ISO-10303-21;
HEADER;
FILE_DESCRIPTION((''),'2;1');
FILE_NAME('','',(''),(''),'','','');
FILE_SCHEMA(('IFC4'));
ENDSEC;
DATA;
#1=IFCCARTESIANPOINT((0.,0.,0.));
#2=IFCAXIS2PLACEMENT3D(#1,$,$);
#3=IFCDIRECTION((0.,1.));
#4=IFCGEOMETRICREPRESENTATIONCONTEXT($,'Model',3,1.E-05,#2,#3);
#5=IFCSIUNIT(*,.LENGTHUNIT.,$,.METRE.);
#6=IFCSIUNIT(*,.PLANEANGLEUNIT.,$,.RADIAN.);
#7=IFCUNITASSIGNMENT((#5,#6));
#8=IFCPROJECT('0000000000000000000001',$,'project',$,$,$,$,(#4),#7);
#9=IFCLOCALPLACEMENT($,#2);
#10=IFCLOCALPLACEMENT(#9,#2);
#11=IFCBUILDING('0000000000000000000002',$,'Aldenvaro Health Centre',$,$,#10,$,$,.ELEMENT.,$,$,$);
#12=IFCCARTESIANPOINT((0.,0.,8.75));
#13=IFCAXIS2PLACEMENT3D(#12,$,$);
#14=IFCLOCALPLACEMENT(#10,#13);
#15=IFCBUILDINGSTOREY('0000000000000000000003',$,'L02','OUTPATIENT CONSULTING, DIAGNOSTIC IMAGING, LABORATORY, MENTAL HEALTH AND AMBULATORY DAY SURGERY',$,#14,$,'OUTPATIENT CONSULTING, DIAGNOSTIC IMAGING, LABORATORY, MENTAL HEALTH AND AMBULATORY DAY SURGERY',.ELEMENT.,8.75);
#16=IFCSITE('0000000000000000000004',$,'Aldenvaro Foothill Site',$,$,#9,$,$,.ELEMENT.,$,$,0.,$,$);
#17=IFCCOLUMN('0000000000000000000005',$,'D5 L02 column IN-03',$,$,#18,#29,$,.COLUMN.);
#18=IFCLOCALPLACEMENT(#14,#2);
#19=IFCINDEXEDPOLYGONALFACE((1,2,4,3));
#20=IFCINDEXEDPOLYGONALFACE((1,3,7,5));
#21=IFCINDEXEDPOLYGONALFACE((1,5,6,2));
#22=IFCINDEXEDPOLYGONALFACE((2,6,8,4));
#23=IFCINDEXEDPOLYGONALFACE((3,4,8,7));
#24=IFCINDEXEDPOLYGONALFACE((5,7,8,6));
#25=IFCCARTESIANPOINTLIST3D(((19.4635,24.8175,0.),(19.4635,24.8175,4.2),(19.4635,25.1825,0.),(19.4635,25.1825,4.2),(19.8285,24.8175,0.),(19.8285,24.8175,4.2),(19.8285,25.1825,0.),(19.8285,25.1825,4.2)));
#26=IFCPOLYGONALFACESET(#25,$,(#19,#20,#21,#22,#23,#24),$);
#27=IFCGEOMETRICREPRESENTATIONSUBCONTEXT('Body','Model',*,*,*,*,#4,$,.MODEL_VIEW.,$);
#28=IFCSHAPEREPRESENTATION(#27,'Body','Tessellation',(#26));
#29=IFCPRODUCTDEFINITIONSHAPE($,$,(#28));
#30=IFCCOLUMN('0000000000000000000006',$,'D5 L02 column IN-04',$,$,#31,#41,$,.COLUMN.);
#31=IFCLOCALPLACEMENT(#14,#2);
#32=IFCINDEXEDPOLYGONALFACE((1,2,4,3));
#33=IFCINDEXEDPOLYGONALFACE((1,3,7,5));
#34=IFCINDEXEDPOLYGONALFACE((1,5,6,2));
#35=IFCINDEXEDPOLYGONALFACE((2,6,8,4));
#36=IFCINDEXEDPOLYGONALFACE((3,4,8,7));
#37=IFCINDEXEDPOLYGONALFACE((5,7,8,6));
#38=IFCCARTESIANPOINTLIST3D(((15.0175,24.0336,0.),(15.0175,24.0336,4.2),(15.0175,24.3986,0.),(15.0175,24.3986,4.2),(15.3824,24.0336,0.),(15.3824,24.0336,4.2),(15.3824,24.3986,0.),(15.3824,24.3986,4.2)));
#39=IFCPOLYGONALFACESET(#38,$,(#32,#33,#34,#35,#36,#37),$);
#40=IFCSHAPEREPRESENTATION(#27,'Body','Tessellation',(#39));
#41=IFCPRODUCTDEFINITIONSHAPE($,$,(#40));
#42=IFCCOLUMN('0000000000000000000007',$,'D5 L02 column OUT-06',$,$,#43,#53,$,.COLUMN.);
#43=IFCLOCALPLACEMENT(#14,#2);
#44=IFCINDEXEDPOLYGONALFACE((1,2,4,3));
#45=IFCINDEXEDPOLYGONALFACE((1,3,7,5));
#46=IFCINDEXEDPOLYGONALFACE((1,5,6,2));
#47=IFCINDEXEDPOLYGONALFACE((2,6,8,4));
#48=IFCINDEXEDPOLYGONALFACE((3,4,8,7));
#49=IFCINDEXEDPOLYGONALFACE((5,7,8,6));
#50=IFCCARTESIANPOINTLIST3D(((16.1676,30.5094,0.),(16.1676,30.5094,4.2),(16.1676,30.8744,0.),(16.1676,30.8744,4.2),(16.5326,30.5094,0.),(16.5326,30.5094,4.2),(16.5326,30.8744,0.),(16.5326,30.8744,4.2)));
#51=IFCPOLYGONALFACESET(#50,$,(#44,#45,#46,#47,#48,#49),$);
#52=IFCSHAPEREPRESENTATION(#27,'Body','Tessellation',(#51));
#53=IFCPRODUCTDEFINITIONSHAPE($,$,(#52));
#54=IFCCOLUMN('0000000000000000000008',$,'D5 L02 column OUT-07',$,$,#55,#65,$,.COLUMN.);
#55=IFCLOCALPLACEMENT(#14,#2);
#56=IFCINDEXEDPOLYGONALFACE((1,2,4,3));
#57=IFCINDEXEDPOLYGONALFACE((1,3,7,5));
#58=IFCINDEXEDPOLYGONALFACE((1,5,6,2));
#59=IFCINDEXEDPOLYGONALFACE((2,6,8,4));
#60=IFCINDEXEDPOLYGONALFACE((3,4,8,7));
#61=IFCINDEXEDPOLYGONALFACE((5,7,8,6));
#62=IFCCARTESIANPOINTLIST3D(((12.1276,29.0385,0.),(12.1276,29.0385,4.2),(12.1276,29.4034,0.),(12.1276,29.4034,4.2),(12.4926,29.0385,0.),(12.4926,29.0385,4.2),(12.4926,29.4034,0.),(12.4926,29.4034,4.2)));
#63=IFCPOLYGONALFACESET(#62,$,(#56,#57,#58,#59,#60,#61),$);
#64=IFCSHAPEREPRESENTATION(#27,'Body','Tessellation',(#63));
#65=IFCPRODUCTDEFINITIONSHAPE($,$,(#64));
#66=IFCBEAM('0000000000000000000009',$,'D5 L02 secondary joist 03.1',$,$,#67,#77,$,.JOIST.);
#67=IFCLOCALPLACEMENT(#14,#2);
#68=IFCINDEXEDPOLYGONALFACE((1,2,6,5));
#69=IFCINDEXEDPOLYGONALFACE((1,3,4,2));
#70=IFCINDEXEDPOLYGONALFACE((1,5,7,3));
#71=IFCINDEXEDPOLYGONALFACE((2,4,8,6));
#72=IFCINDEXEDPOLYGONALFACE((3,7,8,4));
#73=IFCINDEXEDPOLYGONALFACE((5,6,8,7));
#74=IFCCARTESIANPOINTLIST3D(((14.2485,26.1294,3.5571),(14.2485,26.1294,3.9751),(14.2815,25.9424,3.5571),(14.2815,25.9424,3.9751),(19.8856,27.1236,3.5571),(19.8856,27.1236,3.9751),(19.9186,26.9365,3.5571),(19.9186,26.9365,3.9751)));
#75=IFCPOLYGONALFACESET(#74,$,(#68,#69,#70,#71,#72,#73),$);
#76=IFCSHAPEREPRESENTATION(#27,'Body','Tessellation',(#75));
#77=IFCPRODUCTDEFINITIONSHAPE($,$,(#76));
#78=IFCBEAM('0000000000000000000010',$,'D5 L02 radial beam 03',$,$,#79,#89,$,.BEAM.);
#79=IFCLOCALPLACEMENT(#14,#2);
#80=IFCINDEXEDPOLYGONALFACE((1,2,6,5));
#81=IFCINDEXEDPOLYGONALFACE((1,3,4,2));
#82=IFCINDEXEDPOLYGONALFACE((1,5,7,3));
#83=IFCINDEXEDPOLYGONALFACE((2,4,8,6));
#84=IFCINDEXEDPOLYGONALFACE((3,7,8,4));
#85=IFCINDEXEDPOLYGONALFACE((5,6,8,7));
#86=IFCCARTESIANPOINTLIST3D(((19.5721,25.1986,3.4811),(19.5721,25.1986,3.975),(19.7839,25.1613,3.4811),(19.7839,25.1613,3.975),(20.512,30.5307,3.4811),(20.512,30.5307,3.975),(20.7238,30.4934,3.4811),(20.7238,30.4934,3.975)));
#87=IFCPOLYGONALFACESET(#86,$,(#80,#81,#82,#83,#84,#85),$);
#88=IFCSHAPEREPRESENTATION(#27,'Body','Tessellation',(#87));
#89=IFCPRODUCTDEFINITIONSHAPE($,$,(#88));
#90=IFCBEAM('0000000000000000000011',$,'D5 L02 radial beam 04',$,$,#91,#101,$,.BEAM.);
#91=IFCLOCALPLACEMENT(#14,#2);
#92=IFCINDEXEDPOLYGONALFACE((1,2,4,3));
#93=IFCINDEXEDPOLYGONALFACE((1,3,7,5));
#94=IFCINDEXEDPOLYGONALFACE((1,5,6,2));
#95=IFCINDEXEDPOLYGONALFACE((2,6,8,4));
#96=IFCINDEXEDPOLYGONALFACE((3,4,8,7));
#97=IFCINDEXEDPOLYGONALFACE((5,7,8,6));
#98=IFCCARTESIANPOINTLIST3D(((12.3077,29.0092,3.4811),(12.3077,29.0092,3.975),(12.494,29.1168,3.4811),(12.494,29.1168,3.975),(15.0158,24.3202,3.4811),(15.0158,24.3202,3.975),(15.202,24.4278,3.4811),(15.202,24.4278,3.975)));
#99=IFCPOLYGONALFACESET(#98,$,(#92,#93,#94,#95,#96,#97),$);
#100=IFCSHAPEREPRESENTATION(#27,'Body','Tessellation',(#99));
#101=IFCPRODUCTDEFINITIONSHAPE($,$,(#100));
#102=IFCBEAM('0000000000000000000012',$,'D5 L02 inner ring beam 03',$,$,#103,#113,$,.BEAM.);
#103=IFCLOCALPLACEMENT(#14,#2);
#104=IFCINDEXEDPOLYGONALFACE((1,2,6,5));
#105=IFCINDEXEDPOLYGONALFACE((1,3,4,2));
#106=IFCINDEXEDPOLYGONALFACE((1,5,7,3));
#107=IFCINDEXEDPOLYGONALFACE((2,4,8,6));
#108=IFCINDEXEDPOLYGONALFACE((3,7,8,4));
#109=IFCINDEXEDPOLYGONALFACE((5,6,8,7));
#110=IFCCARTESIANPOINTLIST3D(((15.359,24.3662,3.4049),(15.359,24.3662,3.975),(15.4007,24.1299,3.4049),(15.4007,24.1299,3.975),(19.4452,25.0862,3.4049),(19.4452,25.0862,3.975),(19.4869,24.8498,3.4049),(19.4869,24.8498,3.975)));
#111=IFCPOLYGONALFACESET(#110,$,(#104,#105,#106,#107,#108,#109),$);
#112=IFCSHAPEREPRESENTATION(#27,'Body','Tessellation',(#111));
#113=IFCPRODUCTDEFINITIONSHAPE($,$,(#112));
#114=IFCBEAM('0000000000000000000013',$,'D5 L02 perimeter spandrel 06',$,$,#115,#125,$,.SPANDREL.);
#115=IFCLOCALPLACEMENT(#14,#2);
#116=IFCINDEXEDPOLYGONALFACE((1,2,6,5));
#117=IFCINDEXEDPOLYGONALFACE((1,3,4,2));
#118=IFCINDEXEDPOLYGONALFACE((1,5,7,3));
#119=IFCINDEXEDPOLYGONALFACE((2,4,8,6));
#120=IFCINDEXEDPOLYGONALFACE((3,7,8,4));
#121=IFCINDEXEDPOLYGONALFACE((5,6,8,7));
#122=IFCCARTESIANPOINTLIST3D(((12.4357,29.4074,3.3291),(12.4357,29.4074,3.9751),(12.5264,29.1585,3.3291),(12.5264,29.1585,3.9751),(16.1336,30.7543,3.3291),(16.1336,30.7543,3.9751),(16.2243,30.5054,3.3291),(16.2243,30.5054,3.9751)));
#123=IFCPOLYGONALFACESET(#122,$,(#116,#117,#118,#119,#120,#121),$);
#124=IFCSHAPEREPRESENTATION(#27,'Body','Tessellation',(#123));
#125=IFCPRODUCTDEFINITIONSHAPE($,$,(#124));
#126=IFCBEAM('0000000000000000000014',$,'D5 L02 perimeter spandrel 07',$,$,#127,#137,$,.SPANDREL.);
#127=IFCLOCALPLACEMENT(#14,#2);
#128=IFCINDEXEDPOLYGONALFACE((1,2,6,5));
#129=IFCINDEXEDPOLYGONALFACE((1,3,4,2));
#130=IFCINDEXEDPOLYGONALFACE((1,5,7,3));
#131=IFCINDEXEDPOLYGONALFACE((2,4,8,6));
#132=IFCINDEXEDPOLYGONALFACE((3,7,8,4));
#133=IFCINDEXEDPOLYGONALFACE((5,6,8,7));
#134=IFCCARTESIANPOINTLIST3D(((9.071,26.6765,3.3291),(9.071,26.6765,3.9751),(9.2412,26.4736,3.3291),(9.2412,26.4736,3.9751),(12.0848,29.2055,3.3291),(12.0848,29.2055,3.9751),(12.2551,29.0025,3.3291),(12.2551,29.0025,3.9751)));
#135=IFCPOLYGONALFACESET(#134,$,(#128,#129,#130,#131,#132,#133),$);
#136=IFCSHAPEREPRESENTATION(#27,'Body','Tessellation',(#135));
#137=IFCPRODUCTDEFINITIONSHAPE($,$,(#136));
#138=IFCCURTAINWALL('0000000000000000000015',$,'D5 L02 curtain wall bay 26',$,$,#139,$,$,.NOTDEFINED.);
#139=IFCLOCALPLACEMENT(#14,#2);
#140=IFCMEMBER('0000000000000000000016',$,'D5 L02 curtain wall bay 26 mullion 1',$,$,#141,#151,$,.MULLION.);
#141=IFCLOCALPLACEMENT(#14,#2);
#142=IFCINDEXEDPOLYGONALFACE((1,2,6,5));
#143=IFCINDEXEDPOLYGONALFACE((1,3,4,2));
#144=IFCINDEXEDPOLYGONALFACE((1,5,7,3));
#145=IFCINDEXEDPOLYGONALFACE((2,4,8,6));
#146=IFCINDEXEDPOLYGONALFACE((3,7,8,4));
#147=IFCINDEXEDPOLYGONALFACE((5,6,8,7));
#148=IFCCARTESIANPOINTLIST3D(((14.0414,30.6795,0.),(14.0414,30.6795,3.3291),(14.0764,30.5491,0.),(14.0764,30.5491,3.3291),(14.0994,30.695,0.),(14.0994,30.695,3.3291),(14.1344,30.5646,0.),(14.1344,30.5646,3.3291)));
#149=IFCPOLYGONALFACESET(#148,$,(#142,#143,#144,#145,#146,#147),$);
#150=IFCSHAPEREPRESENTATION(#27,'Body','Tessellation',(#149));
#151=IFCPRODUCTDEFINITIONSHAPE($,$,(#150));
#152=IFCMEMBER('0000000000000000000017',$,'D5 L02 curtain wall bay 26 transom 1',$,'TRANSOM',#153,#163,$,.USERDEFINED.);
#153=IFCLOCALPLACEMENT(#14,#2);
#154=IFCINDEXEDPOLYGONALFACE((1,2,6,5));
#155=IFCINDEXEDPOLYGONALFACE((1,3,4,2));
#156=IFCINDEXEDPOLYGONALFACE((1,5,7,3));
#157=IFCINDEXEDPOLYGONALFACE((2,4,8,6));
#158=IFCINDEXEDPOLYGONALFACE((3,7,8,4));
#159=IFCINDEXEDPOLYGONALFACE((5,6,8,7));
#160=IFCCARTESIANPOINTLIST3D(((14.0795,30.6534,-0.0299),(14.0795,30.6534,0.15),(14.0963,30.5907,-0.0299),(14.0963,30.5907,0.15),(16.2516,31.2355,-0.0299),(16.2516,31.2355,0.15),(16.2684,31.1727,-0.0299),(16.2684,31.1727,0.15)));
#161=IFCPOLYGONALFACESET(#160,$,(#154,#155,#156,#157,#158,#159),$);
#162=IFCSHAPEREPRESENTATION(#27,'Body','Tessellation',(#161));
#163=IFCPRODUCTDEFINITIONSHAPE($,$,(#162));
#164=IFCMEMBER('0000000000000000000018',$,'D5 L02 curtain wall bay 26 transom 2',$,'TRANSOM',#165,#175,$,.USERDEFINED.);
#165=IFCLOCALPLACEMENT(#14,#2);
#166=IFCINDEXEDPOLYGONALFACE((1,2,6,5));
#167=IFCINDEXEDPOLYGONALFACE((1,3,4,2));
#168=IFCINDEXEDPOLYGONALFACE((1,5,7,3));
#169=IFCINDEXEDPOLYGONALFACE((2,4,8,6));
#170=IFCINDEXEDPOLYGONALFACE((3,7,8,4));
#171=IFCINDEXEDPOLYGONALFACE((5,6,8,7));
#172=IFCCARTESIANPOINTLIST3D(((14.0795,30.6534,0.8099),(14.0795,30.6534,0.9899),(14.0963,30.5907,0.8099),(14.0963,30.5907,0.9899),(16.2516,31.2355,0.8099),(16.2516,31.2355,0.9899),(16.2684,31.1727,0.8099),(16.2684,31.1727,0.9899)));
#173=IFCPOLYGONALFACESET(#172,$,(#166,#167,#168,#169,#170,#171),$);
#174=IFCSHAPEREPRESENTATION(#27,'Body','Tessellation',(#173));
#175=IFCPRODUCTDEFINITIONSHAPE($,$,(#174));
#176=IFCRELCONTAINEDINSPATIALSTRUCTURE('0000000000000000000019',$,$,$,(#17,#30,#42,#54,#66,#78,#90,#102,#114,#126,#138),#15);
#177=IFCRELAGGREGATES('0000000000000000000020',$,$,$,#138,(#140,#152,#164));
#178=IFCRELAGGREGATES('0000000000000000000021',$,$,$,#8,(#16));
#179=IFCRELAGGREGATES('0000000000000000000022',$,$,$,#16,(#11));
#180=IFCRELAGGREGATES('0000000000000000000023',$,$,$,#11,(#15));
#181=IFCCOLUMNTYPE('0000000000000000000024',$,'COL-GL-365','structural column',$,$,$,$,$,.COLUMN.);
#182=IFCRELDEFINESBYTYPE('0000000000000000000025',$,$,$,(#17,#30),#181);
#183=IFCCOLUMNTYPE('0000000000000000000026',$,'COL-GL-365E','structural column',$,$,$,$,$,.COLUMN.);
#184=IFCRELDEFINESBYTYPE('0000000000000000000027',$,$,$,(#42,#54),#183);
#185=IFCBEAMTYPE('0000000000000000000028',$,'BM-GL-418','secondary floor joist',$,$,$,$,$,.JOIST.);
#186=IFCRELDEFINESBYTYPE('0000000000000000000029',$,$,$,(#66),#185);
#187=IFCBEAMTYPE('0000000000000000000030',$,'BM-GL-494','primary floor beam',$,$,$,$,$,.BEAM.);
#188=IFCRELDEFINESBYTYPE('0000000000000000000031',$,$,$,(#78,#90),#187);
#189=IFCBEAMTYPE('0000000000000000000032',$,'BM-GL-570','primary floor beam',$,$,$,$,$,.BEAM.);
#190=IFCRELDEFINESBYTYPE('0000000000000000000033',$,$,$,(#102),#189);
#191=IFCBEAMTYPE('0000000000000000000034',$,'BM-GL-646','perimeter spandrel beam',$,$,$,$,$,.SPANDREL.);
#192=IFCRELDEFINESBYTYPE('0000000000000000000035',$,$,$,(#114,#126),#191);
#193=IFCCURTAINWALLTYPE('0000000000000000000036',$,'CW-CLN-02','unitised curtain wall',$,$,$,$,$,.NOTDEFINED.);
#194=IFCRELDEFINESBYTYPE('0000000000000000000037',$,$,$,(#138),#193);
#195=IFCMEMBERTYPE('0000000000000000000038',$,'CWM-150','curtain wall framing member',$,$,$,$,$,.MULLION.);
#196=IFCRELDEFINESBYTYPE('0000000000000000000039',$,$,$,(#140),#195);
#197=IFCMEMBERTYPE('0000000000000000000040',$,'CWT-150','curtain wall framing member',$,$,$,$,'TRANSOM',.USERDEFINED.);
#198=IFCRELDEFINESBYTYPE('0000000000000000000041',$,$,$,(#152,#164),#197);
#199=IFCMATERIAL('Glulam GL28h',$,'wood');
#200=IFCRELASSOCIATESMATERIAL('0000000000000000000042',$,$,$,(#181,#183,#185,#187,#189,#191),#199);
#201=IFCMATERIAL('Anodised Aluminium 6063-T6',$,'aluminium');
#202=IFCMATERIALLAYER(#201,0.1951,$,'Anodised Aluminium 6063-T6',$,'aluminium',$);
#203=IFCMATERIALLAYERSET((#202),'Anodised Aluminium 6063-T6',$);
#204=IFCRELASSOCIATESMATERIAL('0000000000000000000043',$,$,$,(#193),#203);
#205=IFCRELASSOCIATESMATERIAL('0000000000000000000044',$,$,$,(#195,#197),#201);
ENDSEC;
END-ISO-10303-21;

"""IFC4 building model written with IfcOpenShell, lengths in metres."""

from ifc_helpers import new_model, si_unit, direction, frame, origin, origin_2d, place, context, subcontext, project, spatial, rectangle, extrude, material, layer, layer_set, material_profile, profile_set, type_object, element, aggregate, save


model = new_model("IFC4")

# Units and contexts
model_context = context("Model", 3, precision=1e-05, world=origin(), true_north=direction((0.0, 1.0)))
body_context = subcontext(model_context, "Body", "Model", "MODEL_VIEW")
ifc_project = project(units=[si_unit("LENGTHUNIT", "METRE"), si_unit("PLANEANGLEUNIT", "RADIAN")], contexts=[model_context])

# Site, building, storey
site_placement = place(None, origin())
site = spatial("IfcSite", under=ifc_project, at=site_placement, Name="Aldenvaro Foothill Site", CompositionType="ELEMENT", RefElevation=0.0)
building_placement = place(site_placement, origin())
building = spatial("IfcBuilding", under=site, at=building_placement, Name="Aldenvaro Health Centre", CompositionType="ELEMENT")
storey_placement = place(building_placement, frame((0.0, 0.0, 8.75)))
storey = spatial("IfcBuildingStorey", under=building, at=storey_placement, Name="L02", Description="OUTPATIENT CONSULTING, DIAGNOSTIC IMAGING, LABORATORY, MENTAL HEALTH AND AMBULATORY DAY SURGERY", LongName="OUTPATIENT CONSULTING, DIAGNOSTIC IMAGING, LABORATORY, MENTAL HEALTH AND AMBULATORY DAY SURGERY", CompositionType="ELEMENT", Elevation=8.75)

# Columns
ifc_material_1 = material(Name="Glulam GL28h", Category="wood")
ifc_material_profile_1 = material_profile(ifc_material_1, rectangle(XDim=0.365, YDim=0.365, at=origin_2d()), Name="GL 365x365", Category="wood")
ifc_profile_set_1 = profile_set([ifc_material_profile_1], Name="Glulam GL28h")
column_type_1 = type_object("IfcColumnType", Name="COL-GL-365", Description="structural column", PredefinedType="COLUMN", material=ifc_profile_set_1)
for number, where, z_axis, x_axis, name in (
    (1, (19.646, 25.0, 0.0), (0.0, 0.0, 1.0), (1.0, 0.0, 0.0), "D5 L02 column IN-03"),
    (2, (15.2, 24.2161, 0.0), (0.0, 0.0, 1.0), (1.0, 0.0, 0.0), "D5 L02 column IN-04"),
):
    element("IfcColumn", number, at=place(storey_placement, frame(where, z_axis=z_axis, x_axis=x_axis)), inside=storey, type_object=column_type_1, Name=name, PredefinedType="COLUMN", context=body_context, shape_type="SweptSolid", body=[
        extrude(rectangle(XDim=0.365, YDim=0.365, at=origin_2d()), origin(), (0.0, 0.0, 1.0), 4.2),
    ])
ifc_material_profile_2 = material_profile(ifc_material_1, rectangle(XDim=0.365, YDim=0.365, at=origin_2d()), Name="GL 365x365", Category="wood")
ifc_profile_set_2 = profile_set([ifc_material_profile_2], Name="Glulam GL28h")
column_type_2 = type_object("IfcColumnType", Name="COL-GL-365E", Description="structural column", PredefinedType="COLUMN", material=ifc_profile_set_2)
for number, where, z_axis, x_axis, name in (
    (3, (16.3501, 30.6919, 0.0), (0.0, 0.0, 1.0), (1.0, 0.0, 0.0), "D5 L02 column OUT-06"),
    (4, (12.3101, 29.2209, 0.0), (0.0, 0.0, 1.0), (1.0, 0.0, 0.0), "D5 L02 column OUT-07"),
):
    element("IfcColumn", number, at=place(storey_placement, frame(where, z_axis=z_axis, x_axis=x_axis)), inside=storey, type_object=column_type_2, Name=name, PredefinedType="COLUMN", context=body_context, shape_type="SweptSolid", body=[
        extrude(rectangle(XDim=0.365, YDim=0.365, at=origin_2d()), origin(), (0.0, 0.0, 1.0), 4.2),
    ])

# Beams
ifc_material_profile_3 = material_profile(ifc_material_1, rectangle(XDim=0.1899, YDim=0.418, at=origin_2d()), Name="GL 190x418", Category="wood")
ifc_profile_set_3 = profile_set([ifc_material_profile_3], Name="Glulam GL28h")
beam_type_1 = type_object("IfcBeamType", Name="BM-GL-418", Description="secondary floor joist", PredefinedType="JOIST", material=ifc_profile_set_3)
beam_1_placement = place(storey_placement, frame((19.9021, 27.03, 3.7661), z_axis=(-0.984803, -0.173673, 0.0), x_axis=(0.173673, -0.984803, 0.0)))
element("IfcBeam", 5, at=beam_1_placement, inside=storey, type_object=beam_type_1, Name="D5 L02 secondary joist 03.1", PredefinedType="JOIST", context=body_context, shape_type="SweptSolid", body=[
    extrude(rectangle(XDim=0.1899, YDim=0.418, at=origin_2d()), origin(), (0.0, 0.0, 1.0), 5.7241),
])
ifc_material_profile_4 = material_profile(ifc_material_1, rectangle(XDim=0.2151, YDim=0.4939, at=origin_2d()), Name="GL 215x494", Category="wood")
ifc_profile_set_4 = profile_set([ifc_material_profile_4], Name="Glulam GL28h")
beam_type_2 = type_object("IfcBeamType", Name="BM-GL-494", Description="primary floor beam", PredefinedType="BEAM", material=ifc_profile_set_4)
beam_2_placement = place(storey_placement, frame((19.678, 25.1799, 3.728), z_axis=(0.173605, 0.984815, 0.0), x_axis=(-0.984815, 0.173605, 0.0)))
element("IfcBeam", 6, at=beam_2_placement, inside=storey, type_object=beam_type_2, Name="D5 L02 radial beam 03", PredefinedType="BEAM", context=body_context, shape_type="SweptSolid", body=[
    extrude(rectangle(XDim=0.2151, YDim=0.4939, at=origin_2d()), origin(), (0.0, 0.0, 1.0), 5.4143),
])
beam_3_placement = place(storey_placement, frame((15.1089, 24.374, 3.728), z_axis=(-0.500115, 0.865959, 0.0), x_axis=(-0.865959, -0.500115, 0.0)))
element("IfcBeam", 7, at=beam_3_placement, inside=storey, type_object=beam_type_2, Name="D5 L02 radial beam 04", PredefinedType="BEAM", context=body_context, shape_type="SweptSolid", body=[
    extrude(rectangle(XDim=0.2151, YDim=0.4939, at=origin_2d()), origin(), (0.0, 0.0, 1.0), 5.4148),
])
ifc_material_profile_5 = material_profile(ifc_material_1, rectangle(XDim=0.24, YDim=0.5701, at=origin_2d()), Name="GL 240x570", Category="wood")
ifc_profile_set_5 = profile_set([ifc_material_profile_5], Name="Glulam GL28h")
beam_type_3 = type_object("IfcBeamType", Name="BM-GL-570", Description="primary floor beam", PredefinedType="BEAM", material=ifc_profile_set_5)
beam_4_placement = place(storey_placement, frame((19.4661, 24.968, 3.6899), z_axis=(-0.98483, -0.173524, 0.0), x_axis=(0.173524, -0.98483, 0.0)))
element("IfcBeam", 8, at=beam_4_placement, inside=storey, type_object=beam_type_3, Name="D5 L02 inner ring beam 03", PredefinedType="BEAM", context=body_context, shape_type="SweptSolid", body=[
    extrude(rectangle(XDim=0.24, YDim=0.5701, at=origin_2d()), origin(), (0.0, 0.0, 1.0), 4.1492),
])
ifc_material_profile_6 = material_profile(ifc_material_1, rectangle(XDim=0.2649, YDim=0.646, at=origin_2d()), Name="GL 265x646", Category="wood")
ifc_profile_set_6 = profile_set([ifc_material_profile_6], Name="Glulam GL28h")
beam_type_4 = type_object("IfcBeamType", Name="BM-GL-646", Description="perimeter spandrel beam", PredefinedType="SPANDREL", material=ifc_profile_set_6)
beam_5_placement = place(storey_placement, frame((16.179, 30.6299, 3.6521), z_axis=(-0.939614, -0.342236, 0.0), x_axis=(0.342236, -0.939614, 0.0)))
element("IfcBeam", 9, at=beam_5_placement, inside=storey, type_object=beam_type_4, Name="D5 L02 perimeter spandrel 06", PredefinedType="SPANDREL", context=body_context, shape_type="SweptSolid", body=[
    extrude(rectangle(XDim=0.2649, YDim=0.646, at=origin_2d()), origin(), (0.0, 0.0, 1.0), 3.9355),
])
beam_6_placement = place(storey_placement, frame((12.1699, 29.104, 3.6521), z_axis=(-0.766035, -0.642799, 0.0), x_axis=(0.642799, -0.766035, 0.0)))
element("IfcBeam", 10, at=beam_6_placement, inside=storey, type_object=beam_type_4, Name="D5 L02 perimeter spandrel 07", PredefinedType="SPANDREL", context=body_context, shape_type="SweptSolid", body=[
    extrude(rectangle(XDim=0.2649, YDim=0.646, at=origin_2d()), origin(), (0.0, 0.0, 1.0), 3.9343),
])

# Curtain wall, members
ifc_material_2 = material(Name="Anodised Aluminium 6063-T6", Category="aluminium")
ifc_layer_1 = layer(ifc_material_2, 0.1951, Name="Anodised Aluminium 6063-T6", Category="aluminium")
ifc_layer_set_1 = layer_set([ifc_layer_1], Name="Anodised Aluminium 6063-T6")
curtain_wall_type = type_object("IfcCurtainWallType", Name="CW-CLN-02", Description="unitised curtain wall", PredefinedType="NOTDEFINED", material=ifc_layer_set_1)
curtain_wall_placement = place(storey_placement, origin())
curtain_wall = element("IfcCurtainWall", 11, at=curtain_wall_placement, inside=storey, type_object=curtain_wall_type, Name="D5 L02 curtain wall bay 26", PredefinedType="NOTDEFINED")
ifc_material_profile_7 = material_profile(ifc_material_2, rectangle(XDim=0.0601, YDim=0.135, at=origin_2d()), Name="ALU 60x135", Category="aluminium")
ifc_profile_set_7 = profile_set([ifc_material_profile_7], Name="Anodised Aluminium 6063-T6")
member_type_1 = type_object("IfcMemberType", Name="CWM-150", Description="curtain wall framing member", PredefinedType="MULLION", material=ifc_profile_set_7)
member_1_placement = place(storey_placement, frame((14.0879, 30.6221, 0.0), z_axis=(0.0, 0.0, 1.0), x_axis=(0.965924, 0.258825, 0.0)))
member_1 = element("IfcMember", 12, at=member_1_placement, type_object=member_type_1, Name="D5 L02 curtain wall bay 26 mullion 1", PredefinedType="MULLION", context=body_context, shape_type="SweptSolid", body=[
    extrude(rectangle(XDim=0.0601, YDim=0.135, at=origin_2d()), origin(), (0.0, 0.0, 1.0), 3.3291),
])
ifc_material_profile_8 = material_profile(ifc_material_2, rectangle(XDim=0.0649, YDim=0.1799, at=origin_2d()), Name="ALU 65x180", Category="aluminium")
ifc_profile_set_8 = profile_set([ifc_material_profile_8], Name="Anodised Aluminium 6063-T6")
member_type_2 = type_object("IfcMemberType", Name="CWT-150", Description="curtain wall framing member", ElementType="TRANSOM", PredefinedType="USERDEFINED", material=ifc_profile_set_8)
member_2_placement = place(storey_placement, frame((14.0879, 30.6221, 0.0601), z_axis=(0.965924, 0.258825, 0.0), x_axis=(-0.258825, 0.965924, 0.0)))
member_2 = element("IfcMember", 13, at=member_2_placement, type_object=member_type_2, Name="D5 L02 curtain wall bay 26 transom 1", ObjectType="TRANSOM", PredefinedType="USERDEFINED", context=body_context, shape_type="SweptSolid", body=[
    extrude(rectangle(XDim=0.0649, YDim=0.1799, at=origin_2d()), origin(), (0.0, 0.0, 1.0), 2.2488),
])
member_3_placement = place(storey_placement, frame((14.0879, 30.6221, 0.8999), z_axis=(0.965924, 0.258825, 0.0), x_axis=(-0.258825, 0.965924, 0.0)))
member_3 = element("IfcMember", 14, at=member_3_placement, type_object=member_type_2, Name="D5 L02 curtain wall bay 26 transom 2", ObjectType="TRANSOM", PredefinedType="USERDEFINED", context=body_context, shape_type="SweptSolid", body=[
    extrude(rectangle(XDim=0.0649, YDim=0.1799, at=origin_2d()), origin(), (0.0, 0.0, 1.0), 2.2488),
])
aggregate(curtain_wall, [member_1, member_2, member_3])

save(model, "model.ifc")
